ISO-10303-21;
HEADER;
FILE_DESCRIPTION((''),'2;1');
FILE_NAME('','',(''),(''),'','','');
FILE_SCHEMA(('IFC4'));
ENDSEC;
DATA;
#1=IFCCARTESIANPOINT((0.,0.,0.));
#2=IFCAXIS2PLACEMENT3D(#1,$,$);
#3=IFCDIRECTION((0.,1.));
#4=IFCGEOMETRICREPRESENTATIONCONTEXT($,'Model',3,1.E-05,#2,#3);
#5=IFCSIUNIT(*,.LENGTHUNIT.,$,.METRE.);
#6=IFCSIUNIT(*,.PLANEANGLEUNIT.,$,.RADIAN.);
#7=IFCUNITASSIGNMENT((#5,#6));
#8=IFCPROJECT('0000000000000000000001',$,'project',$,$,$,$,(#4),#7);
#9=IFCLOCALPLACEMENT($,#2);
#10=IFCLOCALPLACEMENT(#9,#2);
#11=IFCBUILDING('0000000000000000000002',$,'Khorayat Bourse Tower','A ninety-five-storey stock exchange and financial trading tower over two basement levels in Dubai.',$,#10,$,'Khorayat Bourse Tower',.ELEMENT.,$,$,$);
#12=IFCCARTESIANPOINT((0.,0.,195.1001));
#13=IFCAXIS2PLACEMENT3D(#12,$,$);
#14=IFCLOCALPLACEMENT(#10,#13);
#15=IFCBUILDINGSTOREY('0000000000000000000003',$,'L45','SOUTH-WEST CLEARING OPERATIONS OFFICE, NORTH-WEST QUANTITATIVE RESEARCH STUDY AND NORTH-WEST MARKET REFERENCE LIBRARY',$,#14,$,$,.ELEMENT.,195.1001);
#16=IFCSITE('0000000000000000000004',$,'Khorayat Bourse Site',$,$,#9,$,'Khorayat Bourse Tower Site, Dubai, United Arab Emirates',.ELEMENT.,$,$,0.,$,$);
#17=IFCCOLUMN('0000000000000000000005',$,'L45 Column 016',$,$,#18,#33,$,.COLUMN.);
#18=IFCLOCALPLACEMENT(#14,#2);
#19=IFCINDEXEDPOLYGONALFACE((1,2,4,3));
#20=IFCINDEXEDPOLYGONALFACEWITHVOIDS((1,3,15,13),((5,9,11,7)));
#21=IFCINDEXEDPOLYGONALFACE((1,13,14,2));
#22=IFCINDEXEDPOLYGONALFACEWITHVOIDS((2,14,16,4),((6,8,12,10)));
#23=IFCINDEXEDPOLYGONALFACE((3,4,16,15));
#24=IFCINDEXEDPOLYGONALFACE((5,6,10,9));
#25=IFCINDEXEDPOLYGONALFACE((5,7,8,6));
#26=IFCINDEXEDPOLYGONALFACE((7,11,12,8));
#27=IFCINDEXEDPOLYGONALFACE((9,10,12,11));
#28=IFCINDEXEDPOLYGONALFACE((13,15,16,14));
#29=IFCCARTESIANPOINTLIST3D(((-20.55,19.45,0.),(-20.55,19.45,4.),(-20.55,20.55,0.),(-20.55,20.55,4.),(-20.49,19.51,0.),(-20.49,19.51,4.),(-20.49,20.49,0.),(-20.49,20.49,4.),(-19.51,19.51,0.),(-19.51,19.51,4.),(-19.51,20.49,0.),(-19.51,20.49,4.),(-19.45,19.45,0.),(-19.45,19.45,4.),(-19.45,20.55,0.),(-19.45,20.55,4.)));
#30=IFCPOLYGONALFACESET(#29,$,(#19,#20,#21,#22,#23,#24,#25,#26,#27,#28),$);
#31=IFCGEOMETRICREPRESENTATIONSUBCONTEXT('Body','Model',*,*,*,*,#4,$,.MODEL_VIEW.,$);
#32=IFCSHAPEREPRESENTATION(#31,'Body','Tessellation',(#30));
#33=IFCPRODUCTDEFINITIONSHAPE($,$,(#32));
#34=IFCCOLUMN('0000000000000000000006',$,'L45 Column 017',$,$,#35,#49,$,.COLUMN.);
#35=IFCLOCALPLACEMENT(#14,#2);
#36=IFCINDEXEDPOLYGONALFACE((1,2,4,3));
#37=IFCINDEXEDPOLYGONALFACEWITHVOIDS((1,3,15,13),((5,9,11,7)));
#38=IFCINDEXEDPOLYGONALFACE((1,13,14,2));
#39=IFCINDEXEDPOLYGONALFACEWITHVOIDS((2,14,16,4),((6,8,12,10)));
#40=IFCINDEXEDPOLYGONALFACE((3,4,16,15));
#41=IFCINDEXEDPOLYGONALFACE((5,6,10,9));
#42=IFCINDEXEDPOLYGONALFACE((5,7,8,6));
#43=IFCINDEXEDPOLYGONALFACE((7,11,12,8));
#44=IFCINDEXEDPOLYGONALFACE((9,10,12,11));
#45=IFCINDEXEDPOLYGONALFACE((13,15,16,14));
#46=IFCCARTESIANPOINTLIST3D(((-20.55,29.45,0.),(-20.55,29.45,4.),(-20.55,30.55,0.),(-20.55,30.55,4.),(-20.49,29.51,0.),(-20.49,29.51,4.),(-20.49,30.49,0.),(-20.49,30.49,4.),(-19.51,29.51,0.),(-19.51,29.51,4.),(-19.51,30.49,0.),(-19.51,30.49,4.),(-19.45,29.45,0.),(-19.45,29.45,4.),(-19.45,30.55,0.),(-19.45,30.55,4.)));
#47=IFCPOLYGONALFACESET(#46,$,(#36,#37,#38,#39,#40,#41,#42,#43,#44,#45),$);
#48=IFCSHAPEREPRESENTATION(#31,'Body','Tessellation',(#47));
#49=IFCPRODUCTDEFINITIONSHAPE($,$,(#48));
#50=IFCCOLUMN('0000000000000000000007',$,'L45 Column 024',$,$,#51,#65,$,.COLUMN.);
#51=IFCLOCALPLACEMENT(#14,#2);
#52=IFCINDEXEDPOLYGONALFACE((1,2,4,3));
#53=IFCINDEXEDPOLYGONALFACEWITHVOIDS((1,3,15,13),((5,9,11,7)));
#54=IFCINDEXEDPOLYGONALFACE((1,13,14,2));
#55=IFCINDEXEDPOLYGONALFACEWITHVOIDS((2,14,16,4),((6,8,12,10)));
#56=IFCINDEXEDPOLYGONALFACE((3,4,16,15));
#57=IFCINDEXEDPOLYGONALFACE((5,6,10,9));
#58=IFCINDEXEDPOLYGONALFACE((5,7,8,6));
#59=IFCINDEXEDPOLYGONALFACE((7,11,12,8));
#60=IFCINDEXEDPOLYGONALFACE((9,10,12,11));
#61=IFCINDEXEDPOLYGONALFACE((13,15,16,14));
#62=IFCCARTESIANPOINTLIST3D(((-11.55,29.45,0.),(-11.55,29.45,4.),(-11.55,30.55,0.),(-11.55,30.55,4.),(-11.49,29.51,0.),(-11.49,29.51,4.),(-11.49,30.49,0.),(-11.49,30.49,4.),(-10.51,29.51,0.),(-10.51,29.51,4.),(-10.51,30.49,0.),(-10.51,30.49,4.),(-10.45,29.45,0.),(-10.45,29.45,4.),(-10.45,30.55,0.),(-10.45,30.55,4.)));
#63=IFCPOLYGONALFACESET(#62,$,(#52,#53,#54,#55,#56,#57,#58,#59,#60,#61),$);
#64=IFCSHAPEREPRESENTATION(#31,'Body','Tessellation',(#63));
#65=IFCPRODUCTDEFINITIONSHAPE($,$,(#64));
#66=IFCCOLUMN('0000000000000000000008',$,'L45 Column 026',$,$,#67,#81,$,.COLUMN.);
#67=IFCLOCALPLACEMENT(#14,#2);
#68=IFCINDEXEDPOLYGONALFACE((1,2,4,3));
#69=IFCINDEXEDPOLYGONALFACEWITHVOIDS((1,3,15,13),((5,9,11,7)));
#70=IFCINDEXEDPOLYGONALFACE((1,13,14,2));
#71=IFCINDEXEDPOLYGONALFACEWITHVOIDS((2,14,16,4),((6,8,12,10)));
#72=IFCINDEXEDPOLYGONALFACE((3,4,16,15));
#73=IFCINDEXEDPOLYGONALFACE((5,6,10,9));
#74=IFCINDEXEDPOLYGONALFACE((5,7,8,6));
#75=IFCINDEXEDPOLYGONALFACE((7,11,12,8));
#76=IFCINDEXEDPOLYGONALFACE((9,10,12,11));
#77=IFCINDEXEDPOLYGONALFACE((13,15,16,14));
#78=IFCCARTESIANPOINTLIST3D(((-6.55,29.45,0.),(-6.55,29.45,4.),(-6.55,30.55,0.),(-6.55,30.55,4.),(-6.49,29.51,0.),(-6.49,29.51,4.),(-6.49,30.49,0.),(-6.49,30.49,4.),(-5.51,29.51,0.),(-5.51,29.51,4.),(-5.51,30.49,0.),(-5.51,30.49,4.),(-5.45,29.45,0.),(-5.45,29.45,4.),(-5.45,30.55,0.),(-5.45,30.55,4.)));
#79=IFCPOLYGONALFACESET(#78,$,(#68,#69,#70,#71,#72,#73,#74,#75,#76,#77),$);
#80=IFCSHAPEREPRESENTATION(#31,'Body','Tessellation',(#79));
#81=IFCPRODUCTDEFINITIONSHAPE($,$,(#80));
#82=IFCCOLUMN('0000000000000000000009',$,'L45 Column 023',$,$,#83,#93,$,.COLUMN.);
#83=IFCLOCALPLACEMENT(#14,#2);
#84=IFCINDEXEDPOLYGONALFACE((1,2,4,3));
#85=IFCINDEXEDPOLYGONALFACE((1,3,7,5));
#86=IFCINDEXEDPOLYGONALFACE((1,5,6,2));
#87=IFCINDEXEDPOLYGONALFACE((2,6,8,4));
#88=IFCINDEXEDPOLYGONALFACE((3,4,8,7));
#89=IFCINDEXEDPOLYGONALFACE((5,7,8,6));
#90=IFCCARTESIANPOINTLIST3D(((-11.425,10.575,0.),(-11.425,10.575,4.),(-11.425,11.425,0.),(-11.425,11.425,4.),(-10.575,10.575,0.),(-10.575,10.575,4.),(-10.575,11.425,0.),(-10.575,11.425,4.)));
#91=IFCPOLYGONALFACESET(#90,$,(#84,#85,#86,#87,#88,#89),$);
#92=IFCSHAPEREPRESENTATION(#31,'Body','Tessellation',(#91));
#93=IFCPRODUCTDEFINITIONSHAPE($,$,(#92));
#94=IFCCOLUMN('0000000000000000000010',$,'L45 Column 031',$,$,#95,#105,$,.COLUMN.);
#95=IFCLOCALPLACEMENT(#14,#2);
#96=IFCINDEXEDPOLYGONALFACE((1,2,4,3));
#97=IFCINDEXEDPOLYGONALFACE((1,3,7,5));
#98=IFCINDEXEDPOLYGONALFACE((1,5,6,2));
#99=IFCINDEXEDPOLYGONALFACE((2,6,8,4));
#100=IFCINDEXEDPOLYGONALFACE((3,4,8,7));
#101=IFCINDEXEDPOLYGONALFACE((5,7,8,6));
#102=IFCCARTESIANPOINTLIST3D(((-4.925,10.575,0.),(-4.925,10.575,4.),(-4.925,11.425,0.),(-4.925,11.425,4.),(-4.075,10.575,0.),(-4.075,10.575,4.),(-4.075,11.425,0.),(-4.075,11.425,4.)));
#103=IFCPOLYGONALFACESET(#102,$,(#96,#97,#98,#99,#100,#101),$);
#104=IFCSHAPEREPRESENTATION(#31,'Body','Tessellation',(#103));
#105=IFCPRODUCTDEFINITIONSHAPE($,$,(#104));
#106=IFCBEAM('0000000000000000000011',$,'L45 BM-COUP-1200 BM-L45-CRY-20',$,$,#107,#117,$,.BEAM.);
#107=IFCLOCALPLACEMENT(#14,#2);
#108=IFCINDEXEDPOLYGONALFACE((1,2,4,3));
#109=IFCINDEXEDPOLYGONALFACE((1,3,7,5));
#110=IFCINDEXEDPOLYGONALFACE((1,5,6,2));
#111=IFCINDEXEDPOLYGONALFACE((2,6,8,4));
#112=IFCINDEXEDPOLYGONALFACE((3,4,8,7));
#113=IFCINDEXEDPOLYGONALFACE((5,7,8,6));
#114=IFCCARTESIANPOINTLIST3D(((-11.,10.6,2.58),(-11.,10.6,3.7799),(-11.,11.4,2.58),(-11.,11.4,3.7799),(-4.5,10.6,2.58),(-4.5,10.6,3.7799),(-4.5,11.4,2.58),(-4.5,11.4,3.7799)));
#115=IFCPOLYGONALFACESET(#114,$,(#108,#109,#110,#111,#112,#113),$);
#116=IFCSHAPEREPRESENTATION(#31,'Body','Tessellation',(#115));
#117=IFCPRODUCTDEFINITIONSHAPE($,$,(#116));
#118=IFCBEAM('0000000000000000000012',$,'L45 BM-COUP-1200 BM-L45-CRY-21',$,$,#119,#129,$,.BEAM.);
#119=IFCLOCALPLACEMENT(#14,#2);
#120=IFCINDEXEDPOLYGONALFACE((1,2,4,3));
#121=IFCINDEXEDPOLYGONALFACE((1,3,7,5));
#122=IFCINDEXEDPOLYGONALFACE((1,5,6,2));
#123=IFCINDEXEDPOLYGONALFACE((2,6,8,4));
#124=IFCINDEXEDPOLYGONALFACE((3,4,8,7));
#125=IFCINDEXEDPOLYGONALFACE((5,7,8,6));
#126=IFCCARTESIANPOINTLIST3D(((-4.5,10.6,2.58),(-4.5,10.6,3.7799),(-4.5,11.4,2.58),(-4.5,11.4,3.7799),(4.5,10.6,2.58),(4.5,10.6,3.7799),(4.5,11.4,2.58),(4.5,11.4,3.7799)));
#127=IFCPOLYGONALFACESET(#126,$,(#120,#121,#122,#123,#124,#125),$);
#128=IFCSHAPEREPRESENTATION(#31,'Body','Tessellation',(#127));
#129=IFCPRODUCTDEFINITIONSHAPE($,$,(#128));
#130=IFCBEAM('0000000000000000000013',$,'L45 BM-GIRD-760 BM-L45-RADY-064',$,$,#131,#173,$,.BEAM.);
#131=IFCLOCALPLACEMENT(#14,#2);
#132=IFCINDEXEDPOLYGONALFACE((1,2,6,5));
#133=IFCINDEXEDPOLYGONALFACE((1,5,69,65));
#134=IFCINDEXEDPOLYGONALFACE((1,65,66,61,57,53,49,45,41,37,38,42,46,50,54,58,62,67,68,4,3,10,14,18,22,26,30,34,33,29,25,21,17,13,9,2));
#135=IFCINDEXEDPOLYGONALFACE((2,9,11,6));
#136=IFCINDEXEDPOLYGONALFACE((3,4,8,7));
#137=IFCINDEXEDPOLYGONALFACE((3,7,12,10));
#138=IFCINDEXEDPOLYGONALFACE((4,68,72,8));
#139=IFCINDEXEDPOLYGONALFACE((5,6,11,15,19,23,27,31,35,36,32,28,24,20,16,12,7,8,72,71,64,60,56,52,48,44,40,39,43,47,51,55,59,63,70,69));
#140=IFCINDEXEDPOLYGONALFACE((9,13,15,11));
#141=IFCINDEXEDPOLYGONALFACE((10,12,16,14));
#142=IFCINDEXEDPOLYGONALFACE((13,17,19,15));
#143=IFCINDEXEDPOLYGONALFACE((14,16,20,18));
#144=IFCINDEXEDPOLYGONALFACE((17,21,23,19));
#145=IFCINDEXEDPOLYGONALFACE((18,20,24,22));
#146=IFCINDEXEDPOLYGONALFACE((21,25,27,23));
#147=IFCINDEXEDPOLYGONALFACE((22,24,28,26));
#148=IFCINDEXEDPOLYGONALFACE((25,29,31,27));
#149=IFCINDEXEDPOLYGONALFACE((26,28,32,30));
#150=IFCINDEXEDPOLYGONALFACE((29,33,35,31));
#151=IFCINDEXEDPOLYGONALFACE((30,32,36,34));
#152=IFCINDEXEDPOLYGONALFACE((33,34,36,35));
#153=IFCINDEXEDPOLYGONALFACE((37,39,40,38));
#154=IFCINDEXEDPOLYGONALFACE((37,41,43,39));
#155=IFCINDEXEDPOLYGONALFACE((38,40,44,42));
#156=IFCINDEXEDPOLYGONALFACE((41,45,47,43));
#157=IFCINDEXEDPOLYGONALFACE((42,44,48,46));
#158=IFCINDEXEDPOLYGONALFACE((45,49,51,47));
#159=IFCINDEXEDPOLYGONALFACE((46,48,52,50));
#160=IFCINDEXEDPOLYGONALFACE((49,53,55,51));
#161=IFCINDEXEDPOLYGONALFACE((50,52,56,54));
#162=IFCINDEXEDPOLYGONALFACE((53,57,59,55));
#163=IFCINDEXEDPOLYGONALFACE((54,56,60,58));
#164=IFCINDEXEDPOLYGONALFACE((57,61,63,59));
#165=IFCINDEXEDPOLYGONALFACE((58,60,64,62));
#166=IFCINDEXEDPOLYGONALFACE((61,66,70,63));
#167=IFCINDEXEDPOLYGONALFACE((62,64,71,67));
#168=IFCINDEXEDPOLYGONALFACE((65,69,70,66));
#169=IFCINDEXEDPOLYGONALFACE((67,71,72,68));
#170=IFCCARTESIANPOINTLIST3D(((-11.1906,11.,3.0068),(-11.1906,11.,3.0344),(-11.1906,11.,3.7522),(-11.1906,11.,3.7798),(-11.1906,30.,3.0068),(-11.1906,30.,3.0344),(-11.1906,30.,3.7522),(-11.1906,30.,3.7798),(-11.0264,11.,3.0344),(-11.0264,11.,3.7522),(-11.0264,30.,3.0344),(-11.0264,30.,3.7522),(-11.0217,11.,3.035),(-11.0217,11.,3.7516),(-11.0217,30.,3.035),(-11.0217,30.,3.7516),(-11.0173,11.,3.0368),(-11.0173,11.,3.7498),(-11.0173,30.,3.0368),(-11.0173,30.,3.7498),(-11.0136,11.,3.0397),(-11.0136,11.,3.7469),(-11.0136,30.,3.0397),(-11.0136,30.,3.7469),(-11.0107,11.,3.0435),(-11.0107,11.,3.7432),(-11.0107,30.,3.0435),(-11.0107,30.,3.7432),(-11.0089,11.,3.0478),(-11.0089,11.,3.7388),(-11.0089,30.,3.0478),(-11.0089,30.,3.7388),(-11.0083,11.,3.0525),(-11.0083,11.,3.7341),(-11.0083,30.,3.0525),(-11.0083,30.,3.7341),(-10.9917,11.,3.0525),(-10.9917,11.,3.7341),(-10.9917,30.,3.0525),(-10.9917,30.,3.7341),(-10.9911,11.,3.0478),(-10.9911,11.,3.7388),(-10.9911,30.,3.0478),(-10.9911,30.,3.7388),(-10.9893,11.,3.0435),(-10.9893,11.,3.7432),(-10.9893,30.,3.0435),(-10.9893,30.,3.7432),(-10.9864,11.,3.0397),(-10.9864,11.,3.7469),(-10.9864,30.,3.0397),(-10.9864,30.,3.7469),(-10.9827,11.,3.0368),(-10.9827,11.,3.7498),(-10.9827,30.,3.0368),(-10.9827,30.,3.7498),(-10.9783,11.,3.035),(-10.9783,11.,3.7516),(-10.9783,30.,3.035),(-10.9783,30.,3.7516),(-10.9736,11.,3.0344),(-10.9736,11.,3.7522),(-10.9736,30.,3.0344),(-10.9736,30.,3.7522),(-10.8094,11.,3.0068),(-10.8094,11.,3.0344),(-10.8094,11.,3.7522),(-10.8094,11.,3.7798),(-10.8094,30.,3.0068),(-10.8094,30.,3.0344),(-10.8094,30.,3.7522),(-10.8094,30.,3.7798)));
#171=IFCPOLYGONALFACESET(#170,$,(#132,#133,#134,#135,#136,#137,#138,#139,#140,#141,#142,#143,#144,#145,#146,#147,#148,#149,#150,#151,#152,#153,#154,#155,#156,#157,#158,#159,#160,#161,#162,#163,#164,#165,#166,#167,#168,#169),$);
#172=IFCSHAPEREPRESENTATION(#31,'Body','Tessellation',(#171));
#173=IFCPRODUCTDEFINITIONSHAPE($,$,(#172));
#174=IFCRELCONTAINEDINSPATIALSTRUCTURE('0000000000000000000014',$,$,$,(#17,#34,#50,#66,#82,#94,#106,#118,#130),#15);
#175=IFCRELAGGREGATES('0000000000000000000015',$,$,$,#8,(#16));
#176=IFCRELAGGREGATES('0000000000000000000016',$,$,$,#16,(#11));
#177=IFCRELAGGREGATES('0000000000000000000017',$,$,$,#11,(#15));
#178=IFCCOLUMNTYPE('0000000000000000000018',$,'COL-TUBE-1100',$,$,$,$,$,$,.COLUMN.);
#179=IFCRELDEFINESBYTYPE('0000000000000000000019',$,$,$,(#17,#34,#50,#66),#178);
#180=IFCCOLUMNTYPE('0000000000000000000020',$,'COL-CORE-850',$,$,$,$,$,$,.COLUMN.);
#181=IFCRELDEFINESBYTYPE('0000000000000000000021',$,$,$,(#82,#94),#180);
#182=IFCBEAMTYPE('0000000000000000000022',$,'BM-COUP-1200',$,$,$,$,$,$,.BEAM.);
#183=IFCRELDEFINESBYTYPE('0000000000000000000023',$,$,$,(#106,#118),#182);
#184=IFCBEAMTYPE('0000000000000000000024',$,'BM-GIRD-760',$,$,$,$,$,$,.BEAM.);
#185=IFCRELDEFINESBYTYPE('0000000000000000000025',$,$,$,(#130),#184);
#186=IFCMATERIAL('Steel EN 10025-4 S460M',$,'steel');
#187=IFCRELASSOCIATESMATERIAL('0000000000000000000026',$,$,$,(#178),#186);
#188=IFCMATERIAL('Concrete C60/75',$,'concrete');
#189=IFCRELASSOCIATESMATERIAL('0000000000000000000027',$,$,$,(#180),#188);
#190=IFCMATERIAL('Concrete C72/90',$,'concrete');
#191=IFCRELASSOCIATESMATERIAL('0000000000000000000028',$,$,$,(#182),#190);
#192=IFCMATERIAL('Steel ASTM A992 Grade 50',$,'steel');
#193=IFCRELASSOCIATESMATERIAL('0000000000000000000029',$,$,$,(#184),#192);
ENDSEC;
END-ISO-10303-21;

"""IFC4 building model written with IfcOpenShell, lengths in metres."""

from ifc_helpers import new_model, si_unit, direction, frame, origin, origin_2d, place, context, subcontext, project, spatial, rectangle, hollow_rectangle, i_section, extrude, source, transform, mapped, material, material_profile, profile_set, type_object, element, save


model = new_model("IFC4")

# Units and contexts
model_context = context("Model", 3, precision=1e-05, world=origin(), true_north=direction((0.0, 1.0)))
body_context = subcontext(model_context, "Body", "Model", "MODEL_VIEW")
ifc_project = project(units=[si_unit("LENGTHUNIT", "METRE"), si_unit("PLANEANGLEUNIT", "RADIAN")], contexts=[model_context])

# Site, building, storey
site_placement = place(None, origin())
site = spatial("IfcSite", under=ifc_project, at=site_placement, Name="Khorayat Bourse Site", LongName="Khorayat Bourse Tower Site, Dubai, United Arab Emirates", CompositionType="ELEMENT", RefElevation=0.0)
building_placement = place(site_placement, origin())
building = spatial("IfcBuilding", under=site, at=building_placement, Name="Khorayat Bourse Tower", Description="A ninety-five-storey stock exchange and financial trading tower over two basement levels in Dubai.", LongName="Khorayat Bourse Tower", CompositionType="ELEMENT")
storey_placement = place(building_placement, frame((0.0, 0.0, 195.1001)))
storey = spatial("IfcBuildingStorey", under=building, at=storey_placement, Name="L45", Description="SOUTH-WEST CLEARING OPERATIONS OFFICE, NORTH-WEST QUANTITATIVE RESEARCH STUDY AND NORTH-WEST MARKET REFERENCE LIBRARY", CompositionType="ELEMENT", Elevation=195.1001)

# Columns
ifc_material_1 = material(Name="Steel EN 10025-4 S460M", Category="steel")
ifc_material_profile_1 = material_profile(ifc_material_1, hollow_rectangle(XDim=1.1001, YDim=1.1001, WallThickness=0.0601, at=origin_2d()), Name="BOX 1100x1100x60")
ifc_profile_set_1 = profile_set([ifc_material_profile_1], Name="Steel EN 10025-4 S460M")
column_type_1 = type_object("IfcColumnType", Name="COL-TUBE-1100", PredefinedType="COLUMN", material=ifc_profile_set_1)
shared_shape_1 = source(origin(), body_context, "Body", "SweptSolid", [
    extrude(hollow_rectangle(XDim=1.1001, YDim=1.1001, WallThickness=0.0601, at=origin_2d()), origin(), (0.0, 0.0, 1.0), 4.0),
])
for number, where, z_axis, x_axis, name in (
    (1, (-20.0, 20.0, 0.0), (0.0, 0.0, 1.0), (1.0, 0.0, 0.0), "L45 Column 016"),
    (2, (-20.0, 30.0, 0.0), (0.0, 0.0, 1.0), (1.0, 0.0, 0.0), "L45 Column 017"),
    (3, (-11.0, 30.0, 0.0), (0.0, 0.0, 1.0), (1.0, 0.0, 0.0), "L45 Column 024"),
    (4, (-6.0, 30.0, 0.0), (0.0, 0.0, 1.0), (1.0, 0.0, 0.0), "L45 Column 026"),
):
    element("IfcColumn", number, at=place(storey_placement, frame(where, z_axis=z_axis, x_axis=x_axis)), inside=storey, type_object=column_type_1, Name=name, PredefinedType="COLUMN", context=body_context, shape_type="MappedRepresentation", body=[
        mapped(shared_shape_1, transform((0.0, 0.0, 0.0), scale=1.0)),
    ])
ifc_material_2 = material(Name="Concrete C60/75", Category="concrete")
ifc_material_profile_2 = material_profile(ifc_material_2, rectangle(XDim=0.8501, YDim=0.8501, at=origin_2d()), Name="RC 850x850")
ifc_profile_set_2 = profile_set([ifc_material_profile_2], Name="Concrete C60/75")
column_type_2 = type_object("IfcColumnType", Name="COL-CORE-850", PredefinedType="COLUMN", material=ifc_profile_set_2)
shared_shape_2 = source(origin(), body_context, "Body", "SweptSolid", [
    extrude(rectangle(XDim=0.8501, YDim=0.8501, at=origin_2d()), origin(), (0.0, 0.0, 1.0), 4.0),
])
for number, where, z_axis, x_axis, name in (
    (5, (-11.0, 11.0, 0.0), (0.0, 0.0, 1.0), (1.0, 0.0, 0.0), "L45 Column 023"),
    (6, (-4.5, 11.0, 0.0), (0.0, 0.0, 1.0), (1.0, 0.0, 0.0), "L45 Column 031"),
):
    element("IfcColumn", number, at=place(storey_placement, frame(where, z_axis=z_axis, x_axis=x_axis)), inside=storey, type_object=column_type_2, Name=name, PredefinedType="COLUMN", context=body_context, shape_type="MappedRepresentation", body=[
        mapped(shared_shape_2, transform((0.0, 0.0, 0.0), scale=1.0)),
    ])

# Beams
ifc_material_3 = material(Name="Concrete C72/90", Category="concrete")
ifc_material_profile_3 = material_profile(ifc_material_3, rectangle(XDim=0.8, YDim=1.2, at=origin_2d()), Name="RC 800x1200")
ifc_profile_set_3 = profile_set([ifc_material_profile_3], Name="Concrete C72/90")
beam_type_1 = type_object("IfcBeamType", Name="BM-COUP-1200", PredefinedType="BEAM", material=ifc_profile_set_3)
shared_shape_3 = source(origin(), body_context, "Body", "SweptSolid", [
    extrude(rectangle(XDim=0.8, YDim=1.2, at=origin_2d()), origin(), (0.0, 0.0, 1.0), 6.5),
])
beam_1_placement = place(storey_placement, frame((-11.0, 11.0, 3.1799), z_axis=(1.0, 0.0, 0.0), x_axis=(0.0, 1.0, 0.0)))
element("IfcBeam", 7, at=beam_1_placement, inside=storey, type_object=beam_type_1, Name="L45 BM-COUP-1200 BM-L45-CRY-20", PredefinedType="BEAM", context=body_context, shape_type="MappedRepresentation", body=[
    mapped(shared_shape_3, transform((0.0, 0.0, 0.0), scale=1.0)),
])
shared_shape_4 = source(origin(), body_context, "Body", "SweptSolid", [
    extrude(rectangle(XDim=0.8, YDim=1.2, at=origin_2d()), origin(), (0.0, 0.0, 1.0), 9.0),
])
beam_2_placement = place(storey_placement, frame((-4.5, 11.0, 3.1799), z_axis=(1.0, 0.0, 0.0), x_axis=(0.0, 1.0, 0.0)))
element("IfcBeam", 8, at=beam_2_placement, inside=storey, type_object=beam_type_1, Name="L45 BM-COUP-1200 BM-L45-CRY-21", PredefinedType="BEAM", context=body_context, shape_type="MappedRepresentation", body=[
    mapped(shared_shape_4, transform((0.0, 0.0, 0.0), scale=1.0)),
])
ifc_material_4 = material(Name="Steel ASTM A992 Grade 50", Category="steel")
ifc_material_profile_4 = material_profile(ifc_material_4, i_section(OverallWidth=0.3811, OverallDepth=0.7729, WebThickness=0.0166, FlangeThickness=0.0276, FilletRadius=0.0181, at=origin_2d()), Name="W760X257")
ifc_profile_set_4 = profile_set([ifc_material_profile_4], Name="Steel ASTM A992 Grade 50")
beam_type_2 = type_object("IfcBeamType", Name="BM-GIRD-760", PredefinedType="BEAM", material=ifc_profile_set_4)
shared_shape_5 = source(origin(), body_context, "Body", "SweptSolid", [
    extrude(i_section(OverallWidth=0.3811, OverallDepth=0.7729, WebThickness=0.0166, FlangeThickness=0.0276, FilletRadius=0.0181, at=origin_2d()), origin(), (0.0, 0.0, 1.0), 19.0),
])
for number, where, z_axis, x_axis, name in (
    (9, (-11.0, 11.0, 3.3933), (0.0, 1.0, 0.0), (-1.0, 0.0, 0.0), "L45 BM-GIRD-760 BM-L45-RADY-064"),
):
    element("IfcBeam", number, at=place(storey_placement, frame(where, z_axis=z_axis, x_axis=x_axis)), inside=storey, type_object=beam_type_2, Name=name, PredefinedType="BEAM", context=body_context, shape_type="MappedRepresentation", body=[
        mapped(shared_shape_5, transform((0.0, 0.0, 0.0), scale=1.0)),
    ])

save(model, "model.ifc")
